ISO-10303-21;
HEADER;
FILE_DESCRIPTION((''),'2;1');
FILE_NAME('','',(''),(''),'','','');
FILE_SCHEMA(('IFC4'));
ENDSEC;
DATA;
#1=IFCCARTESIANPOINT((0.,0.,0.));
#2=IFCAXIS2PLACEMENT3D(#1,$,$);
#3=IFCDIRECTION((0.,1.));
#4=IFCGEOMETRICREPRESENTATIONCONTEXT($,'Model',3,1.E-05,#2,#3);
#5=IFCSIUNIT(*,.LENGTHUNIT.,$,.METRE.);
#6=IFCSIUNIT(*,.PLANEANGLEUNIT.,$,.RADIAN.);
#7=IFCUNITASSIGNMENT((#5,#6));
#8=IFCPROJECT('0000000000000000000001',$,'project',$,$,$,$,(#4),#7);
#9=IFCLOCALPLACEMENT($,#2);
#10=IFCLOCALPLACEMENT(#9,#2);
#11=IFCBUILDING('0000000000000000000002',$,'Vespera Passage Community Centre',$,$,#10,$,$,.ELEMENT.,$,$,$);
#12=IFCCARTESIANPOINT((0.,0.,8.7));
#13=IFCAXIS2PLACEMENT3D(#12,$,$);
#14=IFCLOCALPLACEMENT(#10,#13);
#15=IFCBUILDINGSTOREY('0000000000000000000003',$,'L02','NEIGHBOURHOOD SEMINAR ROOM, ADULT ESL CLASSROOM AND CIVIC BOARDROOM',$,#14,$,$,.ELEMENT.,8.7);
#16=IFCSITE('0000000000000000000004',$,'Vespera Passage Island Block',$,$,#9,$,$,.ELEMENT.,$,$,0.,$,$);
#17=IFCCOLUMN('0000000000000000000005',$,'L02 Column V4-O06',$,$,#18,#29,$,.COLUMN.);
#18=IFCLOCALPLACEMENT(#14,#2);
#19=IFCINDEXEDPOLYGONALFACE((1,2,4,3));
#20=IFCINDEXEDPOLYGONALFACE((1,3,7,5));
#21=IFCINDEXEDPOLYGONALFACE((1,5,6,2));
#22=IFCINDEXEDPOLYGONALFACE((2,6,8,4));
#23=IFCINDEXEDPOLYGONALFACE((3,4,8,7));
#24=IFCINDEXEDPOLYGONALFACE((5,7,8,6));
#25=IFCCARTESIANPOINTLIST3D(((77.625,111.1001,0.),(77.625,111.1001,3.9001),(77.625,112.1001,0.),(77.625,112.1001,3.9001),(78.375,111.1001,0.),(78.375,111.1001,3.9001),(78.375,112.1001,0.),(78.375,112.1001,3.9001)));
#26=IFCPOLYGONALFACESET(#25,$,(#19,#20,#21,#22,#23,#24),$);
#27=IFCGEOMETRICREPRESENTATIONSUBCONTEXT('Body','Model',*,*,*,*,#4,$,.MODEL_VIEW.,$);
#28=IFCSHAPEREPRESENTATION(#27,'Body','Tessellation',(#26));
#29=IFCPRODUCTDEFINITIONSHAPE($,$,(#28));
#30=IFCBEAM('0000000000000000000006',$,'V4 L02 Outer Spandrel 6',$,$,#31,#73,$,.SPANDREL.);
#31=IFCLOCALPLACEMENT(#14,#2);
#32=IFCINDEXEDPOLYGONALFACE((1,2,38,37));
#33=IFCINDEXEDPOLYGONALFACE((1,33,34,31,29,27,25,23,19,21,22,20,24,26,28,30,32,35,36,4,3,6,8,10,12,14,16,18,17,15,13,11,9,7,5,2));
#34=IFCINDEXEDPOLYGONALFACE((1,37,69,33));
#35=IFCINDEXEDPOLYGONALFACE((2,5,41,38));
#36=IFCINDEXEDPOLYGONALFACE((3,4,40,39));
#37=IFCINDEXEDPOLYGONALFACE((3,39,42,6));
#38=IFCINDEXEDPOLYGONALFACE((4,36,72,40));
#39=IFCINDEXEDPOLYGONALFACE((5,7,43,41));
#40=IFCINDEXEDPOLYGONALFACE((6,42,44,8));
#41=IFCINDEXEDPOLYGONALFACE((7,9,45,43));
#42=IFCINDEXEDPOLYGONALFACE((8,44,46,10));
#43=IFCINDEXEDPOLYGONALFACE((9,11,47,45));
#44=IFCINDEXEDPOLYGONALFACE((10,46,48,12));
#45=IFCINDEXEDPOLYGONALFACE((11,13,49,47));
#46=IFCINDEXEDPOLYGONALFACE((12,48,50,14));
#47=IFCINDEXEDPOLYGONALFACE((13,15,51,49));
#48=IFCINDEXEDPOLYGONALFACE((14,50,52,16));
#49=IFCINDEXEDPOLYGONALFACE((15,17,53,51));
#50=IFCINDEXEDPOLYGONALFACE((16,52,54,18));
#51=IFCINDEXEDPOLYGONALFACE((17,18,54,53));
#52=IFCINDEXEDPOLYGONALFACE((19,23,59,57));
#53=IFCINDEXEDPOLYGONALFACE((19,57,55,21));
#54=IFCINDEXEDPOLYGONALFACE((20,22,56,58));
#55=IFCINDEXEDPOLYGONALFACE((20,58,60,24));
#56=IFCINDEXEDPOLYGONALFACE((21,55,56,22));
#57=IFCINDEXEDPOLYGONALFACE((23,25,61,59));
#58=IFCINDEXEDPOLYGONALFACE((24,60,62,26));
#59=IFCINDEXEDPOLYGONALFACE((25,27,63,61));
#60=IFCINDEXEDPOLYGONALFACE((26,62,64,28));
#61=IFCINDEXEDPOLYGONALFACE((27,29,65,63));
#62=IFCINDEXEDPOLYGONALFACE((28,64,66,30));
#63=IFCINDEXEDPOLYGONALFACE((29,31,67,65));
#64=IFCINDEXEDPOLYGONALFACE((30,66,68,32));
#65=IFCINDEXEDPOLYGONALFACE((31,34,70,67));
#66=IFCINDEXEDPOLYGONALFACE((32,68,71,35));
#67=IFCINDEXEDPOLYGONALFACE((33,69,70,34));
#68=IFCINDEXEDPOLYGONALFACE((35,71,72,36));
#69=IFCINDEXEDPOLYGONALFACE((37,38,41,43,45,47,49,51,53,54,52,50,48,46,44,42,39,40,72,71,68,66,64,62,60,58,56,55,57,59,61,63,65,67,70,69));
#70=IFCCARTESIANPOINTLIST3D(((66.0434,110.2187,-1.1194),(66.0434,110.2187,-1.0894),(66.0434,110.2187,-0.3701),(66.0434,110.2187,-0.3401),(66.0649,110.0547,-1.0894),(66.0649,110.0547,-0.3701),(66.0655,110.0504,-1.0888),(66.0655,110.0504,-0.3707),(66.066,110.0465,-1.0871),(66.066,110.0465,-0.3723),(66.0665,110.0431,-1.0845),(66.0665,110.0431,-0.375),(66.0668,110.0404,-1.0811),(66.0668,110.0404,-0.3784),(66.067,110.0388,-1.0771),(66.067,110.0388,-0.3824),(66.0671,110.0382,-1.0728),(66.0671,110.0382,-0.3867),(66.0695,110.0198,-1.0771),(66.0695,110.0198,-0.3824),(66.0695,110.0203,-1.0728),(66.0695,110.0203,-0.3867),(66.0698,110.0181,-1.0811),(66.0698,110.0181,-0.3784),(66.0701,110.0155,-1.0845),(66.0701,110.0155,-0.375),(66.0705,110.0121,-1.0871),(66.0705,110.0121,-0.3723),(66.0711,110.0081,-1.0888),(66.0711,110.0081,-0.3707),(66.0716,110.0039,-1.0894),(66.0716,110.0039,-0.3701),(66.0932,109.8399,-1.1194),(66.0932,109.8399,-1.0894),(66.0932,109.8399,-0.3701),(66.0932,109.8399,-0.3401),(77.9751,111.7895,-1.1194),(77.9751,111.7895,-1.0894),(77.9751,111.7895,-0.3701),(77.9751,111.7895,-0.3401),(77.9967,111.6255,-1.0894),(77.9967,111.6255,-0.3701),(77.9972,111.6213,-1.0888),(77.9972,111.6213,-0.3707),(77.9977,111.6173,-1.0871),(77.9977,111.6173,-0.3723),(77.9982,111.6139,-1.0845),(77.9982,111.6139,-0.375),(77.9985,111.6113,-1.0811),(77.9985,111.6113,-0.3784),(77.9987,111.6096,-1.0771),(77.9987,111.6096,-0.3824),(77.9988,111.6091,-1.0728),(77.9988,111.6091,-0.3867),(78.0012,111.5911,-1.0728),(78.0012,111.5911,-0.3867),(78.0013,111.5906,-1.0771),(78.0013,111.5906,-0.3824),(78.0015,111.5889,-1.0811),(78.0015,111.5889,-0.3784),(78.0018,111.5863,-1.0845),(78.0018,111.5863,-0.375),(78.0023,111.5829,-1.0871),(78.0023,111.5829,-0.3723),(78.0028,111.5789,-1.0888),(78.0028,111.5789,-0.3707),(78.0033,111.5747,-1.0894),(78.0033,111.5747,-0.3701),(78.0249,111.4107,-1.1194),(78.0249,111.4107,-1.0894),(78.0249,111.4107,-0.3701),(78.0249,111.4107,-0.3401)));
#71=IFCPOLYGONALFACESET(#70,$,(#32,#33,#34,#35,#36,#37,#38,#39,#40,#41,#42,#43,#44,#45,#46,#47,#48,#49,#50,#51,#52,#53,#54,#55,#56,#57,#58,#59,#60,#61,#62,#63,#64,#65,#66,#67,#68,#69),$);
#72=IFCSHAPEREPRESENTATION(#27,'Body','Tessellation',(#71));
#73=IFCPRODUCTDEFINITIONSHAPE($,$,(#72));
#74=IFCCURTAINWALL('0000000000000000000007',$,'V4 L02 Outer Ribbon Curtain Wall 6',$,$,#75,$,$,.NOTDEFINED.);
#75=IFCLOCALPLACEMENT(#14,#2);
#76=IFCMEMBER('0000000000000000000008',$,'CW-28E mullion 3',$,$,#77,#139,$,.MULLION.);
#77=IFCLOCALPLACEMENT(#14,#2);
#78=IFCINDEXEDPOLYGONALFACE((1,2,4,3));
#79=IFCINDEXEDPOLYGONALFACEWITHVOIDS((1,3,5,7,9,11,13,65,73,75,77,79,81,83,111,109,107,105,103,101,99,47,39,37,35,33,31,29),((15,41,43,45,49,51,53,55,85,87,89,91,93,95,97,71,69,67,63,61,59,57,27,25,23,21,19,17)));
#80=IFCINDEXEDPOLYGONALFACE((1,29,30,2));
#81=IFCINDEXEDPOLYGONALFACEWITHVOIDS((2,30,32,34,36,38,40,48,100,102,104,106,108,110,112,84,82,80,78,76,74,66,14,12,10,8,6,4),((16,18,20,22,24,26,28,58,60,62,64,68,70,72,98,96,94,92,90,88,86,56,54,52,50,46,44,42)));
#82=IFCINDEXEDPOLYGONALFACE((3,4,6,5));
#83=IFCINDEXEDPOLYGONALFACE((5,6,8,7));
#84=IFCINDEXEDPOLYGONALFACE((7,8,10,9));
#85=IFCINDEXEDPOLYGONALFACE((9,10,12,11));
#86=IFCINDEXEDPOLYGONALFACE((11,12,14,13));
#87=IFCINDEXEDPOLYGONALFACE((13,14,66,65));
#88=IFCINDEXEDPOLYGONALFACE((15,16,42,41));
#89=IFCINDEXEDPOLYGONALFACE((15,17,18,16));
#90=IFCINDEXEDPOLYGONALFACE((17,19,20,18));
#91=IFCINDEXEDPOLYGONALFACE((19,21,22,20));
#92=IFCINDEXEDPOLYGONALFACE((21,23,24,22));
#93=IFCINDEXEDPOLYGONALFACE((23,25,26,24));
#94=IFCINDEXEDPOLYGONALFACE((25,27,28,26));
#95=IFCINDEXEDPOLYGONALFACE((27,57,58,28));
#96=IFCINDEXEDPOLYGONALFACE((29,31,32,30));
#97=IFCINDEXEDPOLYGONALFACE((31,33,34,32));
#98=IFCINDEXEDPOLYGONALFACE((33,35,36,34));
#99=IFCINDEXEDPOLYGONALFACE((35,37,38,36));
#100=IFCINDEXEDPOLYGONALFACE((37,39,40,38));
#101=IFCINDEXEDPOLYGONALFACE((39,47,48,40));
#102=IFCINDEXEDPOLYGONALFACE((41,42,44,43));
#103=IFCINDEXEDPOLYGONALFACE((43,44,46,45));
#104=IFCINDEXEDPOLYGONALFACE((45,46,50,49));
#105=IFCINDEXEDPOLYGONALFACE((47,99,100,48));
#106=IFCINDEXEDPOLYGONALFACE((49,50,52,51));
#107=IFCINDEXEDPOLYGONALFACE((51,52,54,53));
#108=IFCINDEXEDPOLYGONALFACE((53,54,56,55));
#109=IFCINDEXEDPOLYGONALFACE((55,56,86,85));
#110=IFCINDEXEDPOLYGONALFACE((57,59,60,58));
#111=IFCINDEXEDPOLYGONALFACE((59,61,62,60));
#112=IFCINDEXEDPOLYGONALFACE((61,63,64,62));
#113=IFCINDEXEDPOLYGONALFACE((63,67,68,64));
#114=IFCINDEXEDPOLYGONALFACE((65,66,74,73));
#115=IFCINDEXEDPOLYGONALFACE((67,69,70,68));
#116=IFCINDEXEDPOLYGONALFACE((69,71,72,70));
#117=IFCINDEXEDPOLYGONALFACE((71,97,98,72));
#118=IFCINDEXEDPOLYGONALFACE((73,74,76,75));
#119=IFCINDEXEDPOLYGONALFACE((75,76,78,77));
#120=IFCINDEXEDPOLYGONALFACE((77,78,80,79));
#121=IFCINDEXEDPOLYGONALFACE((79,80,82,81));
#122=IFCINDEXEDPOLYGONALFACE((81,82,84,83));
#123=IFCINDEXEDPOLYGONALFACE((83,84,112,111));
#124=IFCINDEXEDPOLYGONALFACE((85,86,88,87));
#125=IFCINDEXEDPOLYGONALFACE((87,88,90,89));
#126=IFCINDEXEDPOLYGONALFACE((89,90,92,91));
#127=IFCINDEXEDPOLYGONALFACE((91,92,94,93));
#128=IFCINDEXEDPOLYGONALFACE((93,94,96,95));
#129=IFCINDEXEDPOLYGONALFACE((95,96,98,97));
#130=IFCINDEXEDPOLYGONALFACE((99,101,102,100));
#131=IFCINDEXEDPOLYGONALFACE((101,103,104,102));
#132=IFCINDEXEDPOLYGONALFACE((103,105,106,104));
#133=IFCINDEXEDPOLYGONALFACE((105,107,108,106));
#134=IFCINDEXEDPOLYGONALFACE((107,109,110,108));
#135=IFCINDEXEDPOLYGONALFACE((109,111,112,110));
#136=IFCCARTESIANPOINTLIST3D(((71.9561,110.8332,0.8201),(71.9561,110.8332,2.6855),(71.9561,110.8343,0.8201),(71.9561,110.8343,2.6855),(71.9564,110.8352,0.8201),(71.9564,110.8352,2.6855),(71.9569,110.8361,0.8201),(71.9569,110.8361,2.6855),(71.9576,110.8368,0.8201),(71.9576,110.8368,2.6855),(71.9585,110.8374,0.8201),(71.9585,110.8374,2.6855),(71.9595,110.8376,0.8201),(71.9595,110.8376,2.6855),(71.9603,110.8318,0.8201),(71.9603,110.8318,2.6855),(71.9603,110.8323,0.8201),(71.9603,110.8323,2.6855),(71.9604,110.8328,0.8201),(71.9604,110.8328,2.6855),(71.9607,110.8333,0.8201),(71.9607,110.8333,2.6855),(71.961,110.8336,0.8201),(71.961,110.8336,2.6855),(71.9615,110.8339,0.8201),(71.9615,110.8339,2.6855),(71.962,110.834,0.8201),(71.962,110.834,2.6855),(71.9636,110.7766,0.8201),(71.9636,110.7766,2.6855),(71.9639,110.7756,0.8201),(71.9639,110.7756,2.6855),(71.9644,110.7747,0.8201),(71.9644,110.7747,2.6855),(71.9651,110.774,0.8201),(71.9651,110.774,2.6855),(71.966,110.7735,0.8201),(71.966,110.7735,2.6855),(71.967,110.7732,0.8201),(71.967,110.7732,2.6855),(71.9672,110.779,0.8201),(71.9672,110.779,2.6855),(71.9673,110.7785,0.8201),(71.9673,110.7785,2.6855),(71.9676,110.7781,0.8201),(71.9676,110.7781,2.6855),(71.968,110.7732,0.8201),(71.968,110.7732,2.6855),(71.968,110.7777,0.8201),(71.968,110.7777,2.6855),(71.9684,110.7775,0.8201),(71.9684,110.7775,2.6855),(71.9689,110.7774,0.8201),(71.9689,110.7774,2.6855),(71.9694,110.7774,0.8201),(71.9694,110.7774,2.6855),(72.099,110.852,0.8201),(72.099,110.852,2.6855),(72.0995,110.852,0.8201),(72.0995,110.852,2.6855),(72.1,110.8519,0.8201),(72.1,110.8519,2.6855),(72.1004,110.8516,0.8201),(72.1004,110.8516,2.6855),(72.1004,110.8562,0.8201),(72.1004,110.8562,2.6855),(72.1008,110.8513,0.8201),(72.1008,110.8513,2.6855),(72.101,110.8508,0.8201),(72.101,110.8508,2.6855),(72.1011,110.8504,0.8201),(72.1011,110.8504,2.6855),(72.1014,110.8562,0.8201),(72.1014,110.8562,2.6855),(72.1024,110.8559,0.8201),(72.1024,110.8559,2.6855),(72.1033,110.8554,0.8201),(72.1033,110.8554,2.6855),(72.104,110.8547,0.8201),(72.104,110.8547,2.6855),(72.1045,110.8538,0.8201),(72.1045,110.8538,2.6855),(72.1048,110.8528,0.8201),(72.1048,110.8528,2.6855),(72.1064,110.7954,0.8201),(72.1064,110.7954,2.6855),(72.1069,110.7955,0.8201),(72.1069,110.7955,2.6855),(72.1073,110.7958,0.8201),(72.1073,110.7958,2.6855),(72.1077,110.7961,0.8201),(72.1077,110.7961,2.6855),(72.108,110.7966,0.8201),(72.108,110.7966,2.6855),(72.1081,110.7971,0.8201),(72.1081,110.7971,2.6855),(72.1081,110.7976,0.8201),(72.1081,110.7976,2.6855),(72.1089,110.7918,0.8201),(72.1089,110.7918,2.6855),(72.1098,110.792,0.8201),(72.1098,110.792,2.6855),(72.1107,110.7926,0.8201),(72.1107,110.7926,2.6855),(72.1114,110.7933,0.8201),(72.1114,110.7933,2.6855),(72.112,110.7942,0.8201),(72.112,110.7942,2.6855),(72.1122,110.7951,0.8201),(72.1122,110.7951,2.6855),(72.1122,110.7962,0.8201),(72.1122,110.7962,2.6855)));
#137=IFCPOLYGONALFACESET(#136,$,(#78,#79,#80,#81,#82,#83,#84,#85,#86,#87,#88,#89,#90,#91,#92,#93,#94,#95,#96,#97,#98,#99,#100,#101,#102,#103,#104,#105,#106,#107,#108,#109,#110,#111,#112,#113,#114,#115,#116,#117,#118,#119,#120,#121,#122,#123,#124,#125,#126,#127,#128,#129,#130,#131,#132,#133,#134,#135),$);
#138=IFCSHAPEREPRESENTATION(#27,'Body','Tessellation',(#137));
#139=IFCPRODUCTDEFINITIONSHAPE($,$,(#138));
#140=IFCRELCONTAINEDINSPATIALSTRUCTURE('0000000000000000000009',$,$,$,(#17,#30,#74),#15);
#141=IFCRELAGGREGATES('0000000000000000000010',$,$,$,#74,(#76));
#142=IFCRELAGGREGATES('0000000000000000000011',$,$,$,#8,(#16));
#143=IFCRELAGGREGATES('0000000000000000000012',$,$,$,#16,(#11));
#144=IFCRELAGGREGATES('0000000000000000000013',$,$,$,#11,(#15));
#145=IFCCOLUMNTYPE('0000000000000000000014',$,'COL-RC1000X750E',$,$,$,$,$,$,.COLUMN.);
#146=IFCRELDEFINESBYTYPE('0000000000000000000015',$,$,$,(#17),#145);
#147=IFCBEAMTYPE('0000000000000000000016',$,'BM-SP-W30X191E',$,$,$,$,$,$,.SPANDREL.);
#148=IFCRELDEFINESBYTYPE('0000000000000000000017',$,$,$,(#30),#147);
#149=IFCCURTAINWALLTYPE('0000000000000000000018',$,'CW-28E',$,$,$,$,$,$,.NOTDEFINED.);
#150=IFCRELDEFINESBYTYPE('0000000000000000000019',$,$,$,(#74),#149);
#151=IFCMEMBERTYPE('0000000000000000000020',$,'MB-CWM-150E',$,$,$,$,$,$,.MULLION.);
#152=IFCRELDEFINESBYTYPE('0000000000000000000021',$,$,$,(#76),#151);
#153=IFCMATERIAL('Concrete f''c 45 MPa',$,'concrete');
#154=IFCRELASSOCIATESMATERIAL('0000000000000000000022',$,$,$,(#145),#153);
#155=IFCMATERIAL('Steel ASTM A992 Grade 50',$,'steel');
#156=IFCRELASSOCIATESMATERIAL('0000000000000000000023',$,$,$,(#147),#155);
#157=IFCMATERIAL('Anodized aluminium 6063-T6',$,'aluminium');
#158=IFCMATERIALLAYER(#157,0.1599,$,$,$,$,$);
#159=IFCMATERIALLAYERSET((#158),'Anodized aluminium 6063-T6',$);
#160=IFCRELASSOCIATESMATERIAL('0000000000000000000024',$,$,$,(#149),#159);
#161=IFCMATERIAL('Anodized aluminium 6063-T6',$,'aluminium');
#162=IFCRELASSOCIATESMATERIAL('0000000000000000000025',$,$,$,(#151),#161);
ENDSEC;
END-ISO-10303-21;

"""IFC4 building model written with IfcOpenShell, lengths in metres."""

from ifc_helpers import new_model, si_unit, direction, frame, origin, origin_2d, place, context, subcontext, project, spatial, rectangle, hollow_rectangle, i_section, extrude, material, layer, layer_set, material_profile, profile_set, type_object, element, aggregate, save


model = new_model("IFC4")

# Units and contexts
model_context = context("Model", 3, precision=1e-05, world=origin(), true_north=direction((0.0, 1.0)))
body_context = subcontext(model_context, "Body", "Model", "MODEL_VIEW")
ifc_project = project(units=[si_unit("LENGTHUNIT", "METRE"), si_unit("PLANEANGLEUNIT", "RADIAN")], contexts=[model_context])

# Site, building, storey
site_placement = place(None, origin())
site = spatial("IfcSite", under=ifc_project, at=site_placement, Name="Vespera Passage Island Block", CompositionType="ELEMENT", RefElevation=0.0)
building_placement = place(site_placement, origin())
building = spatial("IfcBuilding", under=site, at=building_placement, Name="Vespera Passage Community Centre", CompositionType="ELEMENT")
storey_placement = place(building_placement, frame((0.0, 0.0, 8.7)))
storey = spatial("IfcBuildingStorey", under=building, at=storey_placement, Name="L02", Description="NEIGHBOURHOOD SEMINAR ROOM, ADULT ESL CLASSROOM AND CIVIC BOARDROOM", CompositionType="ELEMENT", Elevation=8.7)

# Column
ifc_material_1 = material(Name="Concrete f'c 45 MPa", Category="concrete")
ifc_material_profile_1 = material_profile(ifc_material_1, rectangle(XDim=0.75, YDim=1.0, at=origin_2d()), Name="RC1000X750")
ifc_profile_set_1 = profile_set([ifc_material_profile_1], Name="Concrete f'c 45 MPa")
column_type = type_object("IfcColumnType", Name="COL-RC1000X750E", PredefinedType="COLUMN", material=ifc_profile_set_1)
column_placement = place(storey_placement, frame((78.0, 111.6001, 0.0), z_axis=(0.0, 0.0, 1.0), x_axis=(1.0, 0.0, 0.0)))
element("IfcColumn", 1, at=column_placement, inside=storey, type_object=column_type, Name="L02 Column V4-O06", PredefinedType="COLUMN", context=body_context, shape_type="SweptSolid", body=[
    extrude(rectangle(XDim=0.75, YDim=1.0, at=origin_2d()), origin(), (0.0, 0.0, 1.0), 3.9001),
])

# Beam
ifc_material_2 = material(Name="Steel ASTM A992 Grade 50", Category="steel")
ifc_material_profile_2 = material_profile(ifc_material_2, i_section(OverallWidth=0.3821, OverallDepth=0.7793, WebThickness=0.0181, FlangeThickness=0.03, FilletRadius=0.0166, at=origin_2d()), Name="W30X191")
ifc_profile_set_2 = profile_set([ifc_material_profile_2], Name="Steel ASTM A992 Grade 50")
beam_type = type_object("IfcBeamType", Name="BM-SP-W30X191E", PredefinedType="SPANDREL", material=ifc_profile_set_2)
beam_placement = place(storey_placement, frame((78.0, 111.6001, -0.7297), z_axis=(-0.991445, -0.130524, 0.0), x_axis=(0.130524, -0.991445, 0.0)))
element("IfcBeam", 2, at=beam_placement, inside=storey, type_object=beam_type, Name="V4 L02 Outer Spandrel 6", PredefinedType="SPANDREL", context=body_context, shape_type="SweptSolid", body=[
    extrude(i_section(OverallWidth=0.3821, OverallDepth=0.7793, WebThickness=0.0181, FlangeThickness=0.03, FilletRadius=0.0166, at=origin_2d()), origin(), (0.0, 0.0, 1.0), 12.0347),
])

# Curtain wall, member
ifc_material_3 = material(Name="Anodized aluminium 6063-T6", Category="aluminium")
ifc_layer_1 = layer(ifc_material_3, 0.1599)
ifc_layer_set_1 = layer_set([ifc_layer_1], Name="Anodized aluminium 6063-T6")
curtain_wall_type = type_object("IfcCurtainWallType", Name="CW-28E", PredefinedType="NOTDEFINED", material=ifc_layer_set_1)
curtain_wall_placement = place(storey_placement, origin())
curtain_wall = element("IfcCurtainWall", 3, at=curtain_wall_placement, inside=storey, type_object=curtain_wall_type, Name="V4 L02 Outer Ribbon Curtain Wall 6", PredefinedType="NOTDEFINED")
ifc_material_4 = material(Name="Anodized aluminium 6063-T6", Category="aluminium")
ifc_material_profile_3 = material_profile(ifc_material_4, hollow_rectangle(XDim=0.0649, YDim=0.1499, WallThickness=0.0039, InnerFilletRadius=0.002, OuterFilletRadius=0.0039, at=origin_2d()), Name="ALU150X65X4")
ifc_profile_set_3 = profile_set([ifc_material_profile_3], Name="Anodized aluminium 6063-T6")
member_type_1 = type_object("IfcMemberType", Name="MB-CWM-150E", PredefinedType="MULLION", material=ifc_profile_set_3)
member_1_placement = place(storey_placement, frame((72.0342, 110.8147, 0.8201), z_axis=(0.0, 0.0, 1.0), x_axis=(-0.130531, 0.991444, 0.0)))
member_1 = element("IfcMember", 4, at=member_1_placement, type_object=member_type_1, Name="CW-28E mullion 3", PredefinedType="MULLION", context=body_context, shape_type="SweptSolid", body=[
    extrude(hollow_rectangle(XDim=0.0649, YDim=0.1499, WallThickness=0.0039, InnerFilletRadius=0.002, OuterFilletRadius=0.0039, at=origin_2d()), origin(), (0.0, 0.0, 1.0), 1.8655),
])
aggregate(curtain_wall, [member_1])

save(model, "model.ifc")
